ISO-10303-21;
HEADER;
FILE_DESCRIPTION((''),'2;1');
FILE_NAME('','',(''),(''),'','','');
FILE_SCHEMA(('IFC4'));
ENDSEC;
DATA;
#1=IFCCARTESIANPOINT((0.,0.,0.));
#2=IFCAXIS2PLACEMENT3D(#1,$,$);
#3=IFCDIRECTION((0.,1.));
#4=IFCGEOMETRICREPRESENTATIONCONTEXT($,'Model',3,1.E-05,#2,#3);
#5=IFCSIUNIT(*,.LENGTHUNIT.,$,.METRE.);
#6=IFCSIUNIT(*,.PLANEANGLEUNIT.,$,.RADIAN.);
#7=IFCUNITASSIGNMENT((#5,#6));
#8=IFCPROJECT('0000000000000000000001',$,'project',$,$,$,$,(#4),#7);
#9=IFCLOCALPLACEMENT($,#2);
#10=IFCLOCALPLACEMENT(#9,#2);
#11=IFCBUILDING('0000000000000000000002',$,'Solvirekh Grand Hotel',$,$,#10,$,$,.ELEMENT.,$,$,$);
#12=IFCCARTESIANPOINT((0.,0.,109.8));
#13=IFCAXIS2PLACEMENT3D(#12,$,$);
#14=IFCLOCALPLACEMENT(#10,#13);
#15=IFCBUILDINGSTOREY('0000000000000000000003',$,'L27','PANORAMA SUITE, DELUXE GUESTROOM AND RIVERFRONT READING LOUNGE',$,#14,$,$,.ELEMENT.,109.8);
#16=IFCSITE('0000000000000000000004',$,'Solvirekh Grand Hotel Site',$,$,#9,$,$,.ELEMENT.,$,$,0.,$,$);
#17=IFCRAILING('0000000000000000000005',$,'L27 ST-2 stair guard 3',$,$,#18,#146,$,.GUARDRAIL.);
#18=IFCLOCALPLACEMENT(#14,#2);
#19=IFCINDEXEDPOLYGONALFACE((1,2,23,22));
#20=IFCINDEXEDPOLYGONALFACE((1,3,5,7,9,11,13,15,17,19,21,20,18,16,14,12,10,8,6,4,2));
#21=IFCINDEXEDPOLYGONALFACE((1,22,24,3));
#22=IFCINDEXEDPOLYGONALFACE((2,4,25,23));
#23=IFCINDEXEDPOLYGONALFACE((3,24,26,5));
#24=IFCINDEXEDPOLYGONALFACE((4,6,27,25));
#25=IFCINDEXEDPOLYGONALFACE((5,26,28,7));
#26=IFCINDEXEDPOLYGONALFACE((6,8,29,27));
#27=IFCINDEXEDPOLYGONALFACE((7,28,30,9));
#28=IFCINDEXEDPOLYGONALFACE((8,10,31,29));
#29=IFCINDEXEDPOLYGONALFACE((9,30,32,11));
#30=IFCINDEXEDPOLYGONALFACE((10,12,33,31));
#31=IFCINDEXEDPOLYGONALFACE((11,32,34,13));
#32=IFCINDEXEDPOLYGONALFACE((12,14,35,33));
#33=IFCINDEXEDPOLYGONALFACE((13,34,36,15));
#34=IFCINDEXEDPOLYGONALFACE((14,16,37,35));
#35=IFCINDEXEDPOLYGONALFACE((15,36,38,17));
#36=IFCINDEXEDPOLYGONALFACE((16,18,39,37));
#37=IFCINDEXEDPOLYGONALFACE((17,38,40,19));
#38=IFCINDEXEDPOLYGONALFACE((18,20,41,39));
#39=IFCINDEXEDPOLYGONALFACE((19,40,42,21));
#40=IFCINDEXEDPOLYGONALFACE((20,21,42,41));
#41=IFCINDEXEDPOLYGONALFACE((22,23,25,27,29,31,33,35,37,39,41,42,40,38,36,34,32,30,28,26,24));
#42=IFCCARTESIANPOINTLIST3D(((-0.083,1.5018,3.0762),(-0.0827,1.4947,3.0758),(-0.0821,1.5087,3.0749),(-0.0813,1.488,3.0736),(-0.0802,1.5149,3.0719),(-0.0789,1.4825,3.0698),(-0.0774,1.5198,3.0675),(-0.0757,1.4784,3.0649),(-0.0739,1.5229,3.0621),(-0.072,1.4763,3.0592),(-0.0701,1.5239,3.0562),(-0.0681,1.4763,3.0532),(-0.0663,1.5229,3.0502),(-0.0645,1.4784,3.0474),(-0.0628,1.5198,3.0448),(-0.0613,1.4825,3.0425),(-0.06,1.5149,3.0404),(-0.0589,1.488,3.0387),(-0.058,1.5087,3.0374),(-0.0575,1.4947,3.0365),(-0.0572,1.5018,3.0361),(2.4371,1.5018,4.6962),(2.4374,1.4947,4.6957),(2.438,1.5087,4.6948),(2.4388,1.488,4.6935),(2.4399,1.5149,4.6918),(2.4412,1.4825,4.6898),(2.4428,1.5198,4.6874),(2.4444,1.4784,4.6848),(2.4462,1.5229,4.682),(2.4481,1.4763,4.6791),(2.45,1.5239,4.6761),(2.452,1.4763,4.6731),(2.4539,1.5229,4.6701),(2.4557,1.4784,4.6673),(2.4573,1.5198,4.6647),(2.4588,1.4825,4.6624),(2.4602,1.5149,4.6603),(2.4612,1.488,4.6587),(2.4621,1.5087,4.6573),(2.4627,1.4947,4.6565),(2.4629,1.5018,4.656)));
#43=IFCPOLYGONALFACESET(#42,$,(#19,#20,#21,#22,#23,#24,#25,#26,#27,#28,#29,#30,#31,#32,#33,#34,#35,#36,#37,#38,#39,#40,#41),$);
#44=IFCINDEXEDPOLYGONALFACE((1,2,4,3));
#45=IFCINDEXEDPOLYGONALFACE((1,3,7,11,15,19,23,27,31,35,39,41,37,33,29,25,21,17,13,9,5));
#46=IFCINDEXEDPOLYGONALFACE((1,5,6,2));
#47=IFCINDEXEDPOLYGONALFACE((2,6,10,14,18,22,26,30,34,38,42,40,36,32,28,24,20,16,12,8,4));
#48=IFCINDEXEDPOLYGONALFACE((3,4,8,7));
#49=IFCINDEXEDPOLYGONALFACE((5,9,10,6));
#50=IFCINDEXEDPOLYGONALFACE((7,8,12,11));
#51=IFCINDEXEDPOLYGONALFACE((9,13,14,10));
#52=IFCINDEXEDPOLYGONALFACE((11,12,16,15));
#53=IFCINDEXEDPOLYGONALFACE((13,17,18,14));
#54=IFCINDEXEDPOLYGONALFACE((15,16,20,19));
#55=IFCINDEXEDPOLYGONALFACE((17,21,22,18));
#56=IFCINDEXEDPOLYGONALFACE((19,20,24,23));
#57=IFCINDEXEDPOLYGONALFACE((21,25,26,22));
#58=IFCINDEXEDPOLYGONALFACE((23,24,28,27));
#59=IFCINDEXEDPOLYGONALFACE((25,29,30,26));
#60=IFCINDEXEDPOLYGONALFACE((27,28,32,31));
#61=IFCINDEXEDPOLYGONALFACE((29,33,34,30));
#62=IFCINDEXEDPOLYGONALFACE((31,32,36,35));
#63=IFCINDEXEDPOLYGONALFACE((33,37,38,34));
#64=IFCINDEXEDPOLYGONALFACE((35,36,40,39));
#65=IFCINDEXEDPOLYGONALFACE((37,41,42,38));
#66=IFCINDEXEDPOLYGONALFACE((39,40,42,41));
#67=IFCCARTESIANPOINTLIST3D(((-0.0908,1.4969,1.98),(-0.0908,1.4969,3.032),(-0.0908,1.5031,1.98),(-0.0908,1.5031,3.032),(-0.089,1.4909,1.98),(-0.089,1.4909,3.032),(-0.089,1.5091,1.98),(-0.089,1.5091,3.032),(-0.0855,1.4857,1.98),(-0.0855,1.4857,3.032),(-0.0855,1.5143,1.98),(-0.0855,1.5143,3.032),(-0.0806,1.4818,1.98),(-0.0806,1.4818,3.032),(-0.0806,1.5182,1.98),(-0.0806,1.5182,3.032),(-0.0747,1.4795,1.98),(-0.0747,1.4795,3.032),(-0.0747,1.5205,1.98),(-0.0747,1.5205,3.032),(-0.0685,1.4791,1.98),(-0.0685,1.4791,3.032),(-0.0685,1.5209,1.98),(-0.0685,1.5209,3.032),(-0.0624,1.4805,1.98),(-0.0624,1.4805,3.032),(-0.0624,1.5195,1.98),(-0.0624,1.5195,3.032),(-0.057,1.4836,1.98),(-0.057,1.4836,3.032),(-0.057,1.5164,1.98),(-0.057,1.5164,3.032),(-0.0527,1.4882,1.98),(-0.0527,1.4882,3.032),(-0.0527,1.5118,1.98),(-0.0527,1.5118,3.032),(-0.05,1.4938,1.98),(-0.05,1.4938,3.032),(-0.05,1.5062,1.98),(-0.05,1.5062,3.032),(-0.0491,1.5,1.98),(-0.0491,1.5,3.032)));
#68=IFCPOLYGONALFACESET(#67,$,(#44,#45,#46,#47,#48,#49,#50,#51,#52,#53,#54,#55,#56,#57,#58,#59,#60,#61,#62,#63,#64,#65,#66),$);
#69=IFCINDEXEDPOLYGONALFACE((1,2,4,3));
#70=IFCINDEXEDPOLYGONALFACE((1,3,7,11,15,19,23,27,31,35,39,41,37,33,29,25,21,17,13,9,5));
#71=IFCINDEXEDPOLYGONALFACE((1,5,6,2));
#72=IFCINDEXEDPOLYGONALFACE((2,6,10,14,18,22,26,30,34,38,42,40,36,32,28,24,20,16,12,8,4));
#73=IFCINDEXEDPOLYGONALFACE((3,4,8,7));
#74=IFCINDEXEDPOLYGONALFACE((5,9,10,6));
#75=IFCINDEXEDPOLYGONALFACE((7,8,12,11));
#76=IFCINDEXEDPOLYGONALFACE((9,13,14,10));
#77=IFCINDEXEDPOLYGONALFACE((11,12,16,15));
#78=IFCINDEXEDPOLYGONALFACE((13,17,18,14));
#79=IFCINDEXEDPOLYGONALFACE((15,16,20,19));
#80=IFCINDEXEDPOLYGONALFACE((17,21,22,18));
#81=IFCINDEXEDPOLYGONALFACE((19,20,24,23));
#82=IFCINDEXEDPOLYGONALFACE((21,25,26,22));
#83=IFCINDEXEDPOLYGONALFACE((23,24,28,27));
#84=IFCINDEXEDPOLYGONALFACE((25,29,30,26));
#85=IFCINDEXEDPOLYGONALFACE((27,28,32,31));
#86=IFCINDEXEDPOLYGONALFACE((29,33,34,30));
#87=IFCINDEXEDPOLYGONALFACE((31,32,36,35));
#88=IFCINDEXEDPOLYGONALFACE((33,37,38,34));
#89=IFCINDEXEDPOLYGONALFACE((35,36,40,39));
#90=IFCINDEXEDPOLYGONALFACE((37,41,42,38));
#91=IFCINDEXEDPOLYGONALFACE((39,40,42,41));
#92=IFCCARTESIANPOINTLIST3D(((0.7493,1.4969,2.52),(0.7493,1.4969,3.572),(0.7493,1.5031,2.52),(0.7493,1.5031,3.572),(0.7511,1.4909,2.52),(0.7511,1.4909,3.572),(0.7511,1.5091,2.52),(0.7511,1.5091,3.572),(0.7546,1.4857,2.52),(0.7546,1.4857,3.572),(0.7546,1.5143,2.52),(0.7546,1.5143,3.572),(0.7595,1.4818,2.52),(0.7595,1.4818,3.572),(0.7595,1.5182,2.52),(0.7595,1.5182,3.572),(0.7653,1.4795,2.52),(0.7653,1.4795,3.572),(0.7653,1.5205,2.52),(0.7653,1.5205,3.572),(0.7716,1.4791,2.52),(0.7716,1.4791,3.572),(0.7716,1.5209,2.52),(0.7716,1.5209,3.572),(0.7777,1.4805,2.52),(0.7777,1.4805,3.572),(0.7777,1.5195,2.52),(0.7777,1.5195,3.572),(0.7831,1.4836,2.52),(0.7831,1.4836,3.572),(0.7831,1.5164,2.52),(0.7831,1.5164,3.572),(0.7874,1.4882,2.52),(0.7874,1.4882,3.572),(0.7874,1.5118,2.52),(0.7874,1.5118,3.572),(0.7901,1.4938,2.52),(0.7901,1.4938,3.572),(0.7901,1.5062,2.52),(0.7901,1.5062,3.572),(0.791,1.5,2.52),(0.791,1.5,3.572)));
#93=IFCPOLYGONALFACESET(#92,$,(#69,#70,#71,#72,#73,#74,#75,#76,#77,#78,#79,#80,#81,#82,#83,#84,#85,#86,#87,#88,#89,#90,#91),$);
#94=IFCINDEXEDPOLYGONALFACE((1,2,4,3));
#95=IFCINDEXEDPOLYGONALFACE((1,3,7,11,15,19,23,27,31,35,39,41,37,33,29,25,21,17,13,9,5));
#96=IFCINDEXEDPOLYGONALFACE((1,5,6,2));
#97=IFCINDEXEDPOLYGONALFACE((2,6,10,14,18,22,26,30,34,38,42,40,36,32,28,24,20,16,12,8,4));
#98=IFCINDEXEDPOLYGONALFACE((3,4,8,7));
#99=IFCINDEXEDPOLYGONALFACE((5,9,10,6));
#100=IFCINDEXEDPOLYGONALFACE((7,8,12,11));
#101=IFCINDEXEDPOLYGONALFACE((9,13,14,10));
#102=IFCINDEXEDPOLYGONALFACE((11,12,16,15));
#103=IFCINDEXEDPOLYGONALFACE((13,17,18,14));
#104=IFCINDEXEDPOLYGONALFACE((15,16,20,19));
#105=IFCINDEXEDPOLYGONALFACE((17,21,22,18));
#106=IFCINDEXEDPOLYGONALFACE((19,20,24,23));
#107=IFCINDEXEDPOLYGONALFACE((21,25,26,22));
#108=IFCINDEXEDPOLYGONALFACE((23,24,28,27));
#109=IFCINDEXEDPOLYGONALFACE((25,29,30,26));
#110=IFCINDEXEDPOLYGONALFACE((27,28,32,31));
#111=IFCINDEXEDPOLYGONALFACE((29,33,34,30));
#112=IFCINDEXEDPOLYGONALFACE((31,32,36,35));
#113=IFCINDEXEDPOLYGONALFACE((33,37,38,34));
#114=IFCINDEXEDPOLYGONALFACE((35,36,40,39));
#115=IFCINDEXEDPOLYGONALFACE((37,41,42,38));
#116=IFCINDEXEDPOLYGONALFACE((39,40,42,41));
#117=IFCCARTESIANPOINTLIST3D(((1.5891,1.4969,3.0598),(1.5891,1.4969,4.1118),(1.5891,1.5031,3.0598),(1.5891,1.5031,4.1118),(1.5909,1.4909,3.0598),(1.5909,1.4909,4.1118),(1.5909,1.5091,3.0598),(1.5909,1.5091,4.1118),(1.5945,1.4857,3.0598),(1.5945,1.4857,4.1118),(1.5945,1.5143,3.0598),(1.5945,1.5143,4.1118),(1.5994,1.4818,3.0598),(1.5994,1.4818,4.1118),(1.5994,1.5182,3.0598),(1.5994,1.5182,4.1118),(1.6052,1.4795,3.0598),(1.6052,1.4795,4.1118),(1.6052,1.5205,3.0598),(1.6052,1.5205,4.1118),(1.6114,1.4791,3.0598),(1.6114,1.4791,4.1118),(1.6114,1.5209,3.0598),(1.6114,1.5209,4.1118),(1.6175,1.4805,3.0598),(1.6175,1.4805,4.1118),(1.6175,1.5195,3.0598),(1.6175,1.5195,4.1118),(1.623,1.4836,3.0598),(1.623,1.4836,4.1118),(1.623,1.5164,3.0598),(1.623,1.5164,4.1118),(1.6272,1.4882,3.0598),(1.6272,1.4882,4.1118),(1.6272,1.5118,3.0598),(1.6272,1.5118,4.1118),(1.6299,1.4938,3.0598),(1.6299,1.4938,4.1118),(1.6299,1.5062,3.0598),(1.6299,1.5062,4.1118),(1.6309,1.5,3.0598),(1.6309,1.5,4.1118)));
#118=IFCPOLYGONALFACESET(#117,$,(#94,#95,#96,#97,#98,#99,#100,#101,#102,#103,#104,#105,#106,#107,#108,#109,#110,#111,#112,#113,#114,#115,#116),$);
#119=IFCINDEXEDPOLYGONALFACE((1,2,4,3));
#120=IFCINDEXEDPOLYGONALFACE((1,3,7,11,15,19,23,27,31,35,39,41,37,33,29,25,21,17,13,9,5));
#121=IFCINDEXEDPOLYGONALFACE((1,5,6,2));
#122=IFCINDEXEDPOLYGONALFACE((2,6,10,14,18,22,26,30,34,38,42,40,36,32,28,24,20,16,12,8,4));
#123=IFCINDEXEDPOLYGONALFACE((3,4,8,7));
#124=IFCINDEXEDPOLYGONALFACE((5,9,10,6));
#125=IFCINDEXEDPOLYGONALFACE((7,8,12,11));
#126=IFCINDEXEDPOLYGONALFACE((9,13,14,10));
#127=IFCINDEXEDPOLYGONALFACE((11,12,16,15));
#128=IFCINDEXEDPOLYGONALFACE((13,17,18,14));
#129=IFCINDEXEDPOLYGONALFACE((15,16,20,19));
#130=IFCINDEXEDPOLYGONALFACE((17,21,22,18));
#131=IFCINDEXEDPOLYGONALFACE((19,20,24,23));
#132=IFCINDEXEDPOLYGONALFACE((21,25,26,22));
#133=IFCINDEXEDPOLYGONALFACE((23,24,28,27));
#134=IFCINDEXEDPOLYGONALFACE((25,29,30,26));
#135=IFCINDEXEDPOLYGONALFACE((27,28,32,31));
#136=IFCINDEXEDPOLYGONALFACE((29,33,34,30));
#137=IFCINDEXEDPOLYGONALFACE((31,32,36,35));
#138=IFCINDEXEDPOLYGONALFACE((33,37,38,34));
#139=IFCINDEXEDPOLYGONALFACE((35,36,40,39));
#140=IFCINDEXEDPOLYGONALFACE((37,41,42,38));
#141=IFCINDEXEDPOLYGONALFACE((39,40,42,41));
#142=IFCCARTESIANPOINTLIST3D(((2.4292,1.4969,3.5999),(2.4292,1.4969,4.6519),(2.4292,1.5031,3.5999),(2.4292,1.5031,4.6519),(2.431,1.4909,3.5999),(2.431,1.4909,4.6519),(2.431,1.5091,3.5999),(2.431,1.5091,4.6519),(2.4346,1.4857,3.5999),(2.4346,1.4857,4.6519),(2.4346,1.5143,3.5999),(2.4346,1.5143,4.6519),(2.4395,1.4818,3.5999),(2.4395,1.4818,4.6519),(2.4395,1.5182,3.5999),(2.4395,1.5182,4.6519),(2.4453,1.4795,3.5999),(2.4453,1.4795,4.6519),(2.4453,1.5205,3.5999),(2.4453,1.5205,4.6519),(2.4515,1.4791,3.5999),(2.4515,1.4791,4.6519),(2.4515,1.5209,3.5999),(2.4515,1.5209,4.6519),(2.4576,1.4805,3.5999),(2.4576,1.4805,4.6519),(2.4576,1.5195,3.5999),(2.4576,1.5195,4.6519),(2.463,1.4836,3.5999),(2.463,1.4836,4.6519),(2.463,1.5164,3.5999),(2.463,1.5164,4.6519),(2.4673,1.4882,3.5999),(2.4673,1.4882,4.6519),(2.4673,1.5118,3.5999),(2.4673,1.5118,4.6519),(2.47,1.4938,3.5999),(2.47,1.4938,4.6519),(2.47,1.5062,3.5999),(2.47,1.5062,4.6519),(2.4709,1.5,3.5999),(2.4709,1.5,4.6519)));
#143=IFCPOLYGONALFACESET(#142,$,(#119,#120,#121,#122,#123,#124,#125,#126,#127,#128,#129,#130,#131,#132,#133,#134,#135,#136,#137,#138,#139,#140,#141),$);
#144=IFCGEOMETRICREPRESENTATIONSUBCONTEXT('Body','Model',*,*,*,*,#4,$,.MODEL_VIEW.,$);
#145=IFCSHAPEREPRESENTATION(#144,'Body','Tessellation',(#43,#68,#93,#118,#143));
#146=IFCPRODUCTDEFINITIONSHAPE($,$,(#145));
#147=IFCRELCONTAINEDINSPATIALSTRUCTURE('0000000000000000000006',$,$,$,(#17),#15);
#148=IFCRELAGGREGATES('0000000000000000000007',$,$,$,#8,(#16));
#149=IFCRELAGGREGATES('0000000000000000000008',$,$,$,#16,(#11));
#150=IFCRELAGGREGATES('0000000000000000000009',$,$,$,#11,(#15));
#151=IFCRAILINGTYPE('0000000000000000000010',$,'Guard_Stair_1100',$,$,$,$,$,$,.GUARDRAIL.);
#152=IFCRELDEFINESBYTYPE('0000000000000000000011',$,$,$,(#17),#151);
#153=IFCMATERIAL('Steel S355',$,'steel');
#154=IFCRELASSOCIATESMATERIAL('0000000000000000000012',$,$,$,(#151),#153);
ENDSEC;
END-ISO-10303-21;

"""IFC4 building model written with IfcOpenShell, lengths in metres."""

from ifc_helpers import new_model, si_unit, direction, frame, origin, origin_2d, place, context, subcontext, project, spatial, circle, extrude, material, type_object, element, save


model = new_model("IFC4")

# Units and contexts
model_context = context("Model", 3, precision=1e-05, world=origin(), true_north=direction((0.0, 1.0)))
body_context = subcontext(model_context, "Body", "Model", "MODEL_VIEW")
ifc_project = project(units=[si_unit("LENGTHUNIT", "METRE"), si_unit("PLANEANGLEUNIT", "RADIAN")], contexts=[model_context])

# Site, building, storey
site_placement = place(None, origin())
site = spatial("IfcSite", under=ifc_project, at=site_placement, Name="Solvirekh Grand Hotel Site", CompositionType="ELEMENT", RefElevation=0.0)
building_placement = place(site_placement, origin())
building = spatial("IfcBuilding", under=site, at=building_placement, Name="Solvirekh Grand Hotel", CompositionType="ELEMENT")
storey_placement = place(building_placement, frame((0.0, 0.0, 109.8)))
storey = spatial("IfcBuildingStorey", under=building, at=storey_placement, Name="L27", Description="PANORAMA SUITE, DELUXE GUESTROOM AND RIVERFRONT READING LOUNGE", CompositionType="ELEMENT", Elevation=109.8)

# Shared definitions
ifc_material_1 = material(Name="Steel S355", Category="steel")

# Railing
railing_type_1 = type_object("IfcRailingType", Name="Guard_Stair_1100", PredefinedType="GUARDRAIL", material=ifc_material_1)
railing_1_placement = place(storey_placement, frame((-0.0701, 1.5, 1.98)))
element("IfcRailing", 1, at=railing_1_placement, inside=storey, type_object=railing_type_1, Name="L27 ST-2 stair guard 3", PredefinedType="GUARDRAIL", context=body_context, shape_type="SweptSolid", body=[
    extrude(circle(Radius=0.0239, at=origin_2d()), frame((0.0, 0.0, 1.0762), z_axis=(0.8412, 0.0, 0.540725), x_axis=(0.0, 1.0, 0.0)), (0.0, 0.0, 1.0), 2.9958),
    extrude(circle(Radius=0.021, at=origin_2d()), origin(), (0.0, 0.0, 1.0), 1.052),
    extrude(circle(Radius=0.021, at=origin_2d()), frame((0.8401, 0.0, 0.54)), (0.0, 0.0, 1.0), 1.052),
    extrude(circle(Radius=0.021, at=origin_2d()), frame((1.6799, 0.0, 1.0798)), (0.0, 0.0, 1.0), 1.052),
    extrude(circle(Radius=0.021, at=origin_2d()), frame((2.52, 0.0, 1.6199)), (0.0, 0.0, 1.0), 1.052),
])

save(model, "model.ifc")
